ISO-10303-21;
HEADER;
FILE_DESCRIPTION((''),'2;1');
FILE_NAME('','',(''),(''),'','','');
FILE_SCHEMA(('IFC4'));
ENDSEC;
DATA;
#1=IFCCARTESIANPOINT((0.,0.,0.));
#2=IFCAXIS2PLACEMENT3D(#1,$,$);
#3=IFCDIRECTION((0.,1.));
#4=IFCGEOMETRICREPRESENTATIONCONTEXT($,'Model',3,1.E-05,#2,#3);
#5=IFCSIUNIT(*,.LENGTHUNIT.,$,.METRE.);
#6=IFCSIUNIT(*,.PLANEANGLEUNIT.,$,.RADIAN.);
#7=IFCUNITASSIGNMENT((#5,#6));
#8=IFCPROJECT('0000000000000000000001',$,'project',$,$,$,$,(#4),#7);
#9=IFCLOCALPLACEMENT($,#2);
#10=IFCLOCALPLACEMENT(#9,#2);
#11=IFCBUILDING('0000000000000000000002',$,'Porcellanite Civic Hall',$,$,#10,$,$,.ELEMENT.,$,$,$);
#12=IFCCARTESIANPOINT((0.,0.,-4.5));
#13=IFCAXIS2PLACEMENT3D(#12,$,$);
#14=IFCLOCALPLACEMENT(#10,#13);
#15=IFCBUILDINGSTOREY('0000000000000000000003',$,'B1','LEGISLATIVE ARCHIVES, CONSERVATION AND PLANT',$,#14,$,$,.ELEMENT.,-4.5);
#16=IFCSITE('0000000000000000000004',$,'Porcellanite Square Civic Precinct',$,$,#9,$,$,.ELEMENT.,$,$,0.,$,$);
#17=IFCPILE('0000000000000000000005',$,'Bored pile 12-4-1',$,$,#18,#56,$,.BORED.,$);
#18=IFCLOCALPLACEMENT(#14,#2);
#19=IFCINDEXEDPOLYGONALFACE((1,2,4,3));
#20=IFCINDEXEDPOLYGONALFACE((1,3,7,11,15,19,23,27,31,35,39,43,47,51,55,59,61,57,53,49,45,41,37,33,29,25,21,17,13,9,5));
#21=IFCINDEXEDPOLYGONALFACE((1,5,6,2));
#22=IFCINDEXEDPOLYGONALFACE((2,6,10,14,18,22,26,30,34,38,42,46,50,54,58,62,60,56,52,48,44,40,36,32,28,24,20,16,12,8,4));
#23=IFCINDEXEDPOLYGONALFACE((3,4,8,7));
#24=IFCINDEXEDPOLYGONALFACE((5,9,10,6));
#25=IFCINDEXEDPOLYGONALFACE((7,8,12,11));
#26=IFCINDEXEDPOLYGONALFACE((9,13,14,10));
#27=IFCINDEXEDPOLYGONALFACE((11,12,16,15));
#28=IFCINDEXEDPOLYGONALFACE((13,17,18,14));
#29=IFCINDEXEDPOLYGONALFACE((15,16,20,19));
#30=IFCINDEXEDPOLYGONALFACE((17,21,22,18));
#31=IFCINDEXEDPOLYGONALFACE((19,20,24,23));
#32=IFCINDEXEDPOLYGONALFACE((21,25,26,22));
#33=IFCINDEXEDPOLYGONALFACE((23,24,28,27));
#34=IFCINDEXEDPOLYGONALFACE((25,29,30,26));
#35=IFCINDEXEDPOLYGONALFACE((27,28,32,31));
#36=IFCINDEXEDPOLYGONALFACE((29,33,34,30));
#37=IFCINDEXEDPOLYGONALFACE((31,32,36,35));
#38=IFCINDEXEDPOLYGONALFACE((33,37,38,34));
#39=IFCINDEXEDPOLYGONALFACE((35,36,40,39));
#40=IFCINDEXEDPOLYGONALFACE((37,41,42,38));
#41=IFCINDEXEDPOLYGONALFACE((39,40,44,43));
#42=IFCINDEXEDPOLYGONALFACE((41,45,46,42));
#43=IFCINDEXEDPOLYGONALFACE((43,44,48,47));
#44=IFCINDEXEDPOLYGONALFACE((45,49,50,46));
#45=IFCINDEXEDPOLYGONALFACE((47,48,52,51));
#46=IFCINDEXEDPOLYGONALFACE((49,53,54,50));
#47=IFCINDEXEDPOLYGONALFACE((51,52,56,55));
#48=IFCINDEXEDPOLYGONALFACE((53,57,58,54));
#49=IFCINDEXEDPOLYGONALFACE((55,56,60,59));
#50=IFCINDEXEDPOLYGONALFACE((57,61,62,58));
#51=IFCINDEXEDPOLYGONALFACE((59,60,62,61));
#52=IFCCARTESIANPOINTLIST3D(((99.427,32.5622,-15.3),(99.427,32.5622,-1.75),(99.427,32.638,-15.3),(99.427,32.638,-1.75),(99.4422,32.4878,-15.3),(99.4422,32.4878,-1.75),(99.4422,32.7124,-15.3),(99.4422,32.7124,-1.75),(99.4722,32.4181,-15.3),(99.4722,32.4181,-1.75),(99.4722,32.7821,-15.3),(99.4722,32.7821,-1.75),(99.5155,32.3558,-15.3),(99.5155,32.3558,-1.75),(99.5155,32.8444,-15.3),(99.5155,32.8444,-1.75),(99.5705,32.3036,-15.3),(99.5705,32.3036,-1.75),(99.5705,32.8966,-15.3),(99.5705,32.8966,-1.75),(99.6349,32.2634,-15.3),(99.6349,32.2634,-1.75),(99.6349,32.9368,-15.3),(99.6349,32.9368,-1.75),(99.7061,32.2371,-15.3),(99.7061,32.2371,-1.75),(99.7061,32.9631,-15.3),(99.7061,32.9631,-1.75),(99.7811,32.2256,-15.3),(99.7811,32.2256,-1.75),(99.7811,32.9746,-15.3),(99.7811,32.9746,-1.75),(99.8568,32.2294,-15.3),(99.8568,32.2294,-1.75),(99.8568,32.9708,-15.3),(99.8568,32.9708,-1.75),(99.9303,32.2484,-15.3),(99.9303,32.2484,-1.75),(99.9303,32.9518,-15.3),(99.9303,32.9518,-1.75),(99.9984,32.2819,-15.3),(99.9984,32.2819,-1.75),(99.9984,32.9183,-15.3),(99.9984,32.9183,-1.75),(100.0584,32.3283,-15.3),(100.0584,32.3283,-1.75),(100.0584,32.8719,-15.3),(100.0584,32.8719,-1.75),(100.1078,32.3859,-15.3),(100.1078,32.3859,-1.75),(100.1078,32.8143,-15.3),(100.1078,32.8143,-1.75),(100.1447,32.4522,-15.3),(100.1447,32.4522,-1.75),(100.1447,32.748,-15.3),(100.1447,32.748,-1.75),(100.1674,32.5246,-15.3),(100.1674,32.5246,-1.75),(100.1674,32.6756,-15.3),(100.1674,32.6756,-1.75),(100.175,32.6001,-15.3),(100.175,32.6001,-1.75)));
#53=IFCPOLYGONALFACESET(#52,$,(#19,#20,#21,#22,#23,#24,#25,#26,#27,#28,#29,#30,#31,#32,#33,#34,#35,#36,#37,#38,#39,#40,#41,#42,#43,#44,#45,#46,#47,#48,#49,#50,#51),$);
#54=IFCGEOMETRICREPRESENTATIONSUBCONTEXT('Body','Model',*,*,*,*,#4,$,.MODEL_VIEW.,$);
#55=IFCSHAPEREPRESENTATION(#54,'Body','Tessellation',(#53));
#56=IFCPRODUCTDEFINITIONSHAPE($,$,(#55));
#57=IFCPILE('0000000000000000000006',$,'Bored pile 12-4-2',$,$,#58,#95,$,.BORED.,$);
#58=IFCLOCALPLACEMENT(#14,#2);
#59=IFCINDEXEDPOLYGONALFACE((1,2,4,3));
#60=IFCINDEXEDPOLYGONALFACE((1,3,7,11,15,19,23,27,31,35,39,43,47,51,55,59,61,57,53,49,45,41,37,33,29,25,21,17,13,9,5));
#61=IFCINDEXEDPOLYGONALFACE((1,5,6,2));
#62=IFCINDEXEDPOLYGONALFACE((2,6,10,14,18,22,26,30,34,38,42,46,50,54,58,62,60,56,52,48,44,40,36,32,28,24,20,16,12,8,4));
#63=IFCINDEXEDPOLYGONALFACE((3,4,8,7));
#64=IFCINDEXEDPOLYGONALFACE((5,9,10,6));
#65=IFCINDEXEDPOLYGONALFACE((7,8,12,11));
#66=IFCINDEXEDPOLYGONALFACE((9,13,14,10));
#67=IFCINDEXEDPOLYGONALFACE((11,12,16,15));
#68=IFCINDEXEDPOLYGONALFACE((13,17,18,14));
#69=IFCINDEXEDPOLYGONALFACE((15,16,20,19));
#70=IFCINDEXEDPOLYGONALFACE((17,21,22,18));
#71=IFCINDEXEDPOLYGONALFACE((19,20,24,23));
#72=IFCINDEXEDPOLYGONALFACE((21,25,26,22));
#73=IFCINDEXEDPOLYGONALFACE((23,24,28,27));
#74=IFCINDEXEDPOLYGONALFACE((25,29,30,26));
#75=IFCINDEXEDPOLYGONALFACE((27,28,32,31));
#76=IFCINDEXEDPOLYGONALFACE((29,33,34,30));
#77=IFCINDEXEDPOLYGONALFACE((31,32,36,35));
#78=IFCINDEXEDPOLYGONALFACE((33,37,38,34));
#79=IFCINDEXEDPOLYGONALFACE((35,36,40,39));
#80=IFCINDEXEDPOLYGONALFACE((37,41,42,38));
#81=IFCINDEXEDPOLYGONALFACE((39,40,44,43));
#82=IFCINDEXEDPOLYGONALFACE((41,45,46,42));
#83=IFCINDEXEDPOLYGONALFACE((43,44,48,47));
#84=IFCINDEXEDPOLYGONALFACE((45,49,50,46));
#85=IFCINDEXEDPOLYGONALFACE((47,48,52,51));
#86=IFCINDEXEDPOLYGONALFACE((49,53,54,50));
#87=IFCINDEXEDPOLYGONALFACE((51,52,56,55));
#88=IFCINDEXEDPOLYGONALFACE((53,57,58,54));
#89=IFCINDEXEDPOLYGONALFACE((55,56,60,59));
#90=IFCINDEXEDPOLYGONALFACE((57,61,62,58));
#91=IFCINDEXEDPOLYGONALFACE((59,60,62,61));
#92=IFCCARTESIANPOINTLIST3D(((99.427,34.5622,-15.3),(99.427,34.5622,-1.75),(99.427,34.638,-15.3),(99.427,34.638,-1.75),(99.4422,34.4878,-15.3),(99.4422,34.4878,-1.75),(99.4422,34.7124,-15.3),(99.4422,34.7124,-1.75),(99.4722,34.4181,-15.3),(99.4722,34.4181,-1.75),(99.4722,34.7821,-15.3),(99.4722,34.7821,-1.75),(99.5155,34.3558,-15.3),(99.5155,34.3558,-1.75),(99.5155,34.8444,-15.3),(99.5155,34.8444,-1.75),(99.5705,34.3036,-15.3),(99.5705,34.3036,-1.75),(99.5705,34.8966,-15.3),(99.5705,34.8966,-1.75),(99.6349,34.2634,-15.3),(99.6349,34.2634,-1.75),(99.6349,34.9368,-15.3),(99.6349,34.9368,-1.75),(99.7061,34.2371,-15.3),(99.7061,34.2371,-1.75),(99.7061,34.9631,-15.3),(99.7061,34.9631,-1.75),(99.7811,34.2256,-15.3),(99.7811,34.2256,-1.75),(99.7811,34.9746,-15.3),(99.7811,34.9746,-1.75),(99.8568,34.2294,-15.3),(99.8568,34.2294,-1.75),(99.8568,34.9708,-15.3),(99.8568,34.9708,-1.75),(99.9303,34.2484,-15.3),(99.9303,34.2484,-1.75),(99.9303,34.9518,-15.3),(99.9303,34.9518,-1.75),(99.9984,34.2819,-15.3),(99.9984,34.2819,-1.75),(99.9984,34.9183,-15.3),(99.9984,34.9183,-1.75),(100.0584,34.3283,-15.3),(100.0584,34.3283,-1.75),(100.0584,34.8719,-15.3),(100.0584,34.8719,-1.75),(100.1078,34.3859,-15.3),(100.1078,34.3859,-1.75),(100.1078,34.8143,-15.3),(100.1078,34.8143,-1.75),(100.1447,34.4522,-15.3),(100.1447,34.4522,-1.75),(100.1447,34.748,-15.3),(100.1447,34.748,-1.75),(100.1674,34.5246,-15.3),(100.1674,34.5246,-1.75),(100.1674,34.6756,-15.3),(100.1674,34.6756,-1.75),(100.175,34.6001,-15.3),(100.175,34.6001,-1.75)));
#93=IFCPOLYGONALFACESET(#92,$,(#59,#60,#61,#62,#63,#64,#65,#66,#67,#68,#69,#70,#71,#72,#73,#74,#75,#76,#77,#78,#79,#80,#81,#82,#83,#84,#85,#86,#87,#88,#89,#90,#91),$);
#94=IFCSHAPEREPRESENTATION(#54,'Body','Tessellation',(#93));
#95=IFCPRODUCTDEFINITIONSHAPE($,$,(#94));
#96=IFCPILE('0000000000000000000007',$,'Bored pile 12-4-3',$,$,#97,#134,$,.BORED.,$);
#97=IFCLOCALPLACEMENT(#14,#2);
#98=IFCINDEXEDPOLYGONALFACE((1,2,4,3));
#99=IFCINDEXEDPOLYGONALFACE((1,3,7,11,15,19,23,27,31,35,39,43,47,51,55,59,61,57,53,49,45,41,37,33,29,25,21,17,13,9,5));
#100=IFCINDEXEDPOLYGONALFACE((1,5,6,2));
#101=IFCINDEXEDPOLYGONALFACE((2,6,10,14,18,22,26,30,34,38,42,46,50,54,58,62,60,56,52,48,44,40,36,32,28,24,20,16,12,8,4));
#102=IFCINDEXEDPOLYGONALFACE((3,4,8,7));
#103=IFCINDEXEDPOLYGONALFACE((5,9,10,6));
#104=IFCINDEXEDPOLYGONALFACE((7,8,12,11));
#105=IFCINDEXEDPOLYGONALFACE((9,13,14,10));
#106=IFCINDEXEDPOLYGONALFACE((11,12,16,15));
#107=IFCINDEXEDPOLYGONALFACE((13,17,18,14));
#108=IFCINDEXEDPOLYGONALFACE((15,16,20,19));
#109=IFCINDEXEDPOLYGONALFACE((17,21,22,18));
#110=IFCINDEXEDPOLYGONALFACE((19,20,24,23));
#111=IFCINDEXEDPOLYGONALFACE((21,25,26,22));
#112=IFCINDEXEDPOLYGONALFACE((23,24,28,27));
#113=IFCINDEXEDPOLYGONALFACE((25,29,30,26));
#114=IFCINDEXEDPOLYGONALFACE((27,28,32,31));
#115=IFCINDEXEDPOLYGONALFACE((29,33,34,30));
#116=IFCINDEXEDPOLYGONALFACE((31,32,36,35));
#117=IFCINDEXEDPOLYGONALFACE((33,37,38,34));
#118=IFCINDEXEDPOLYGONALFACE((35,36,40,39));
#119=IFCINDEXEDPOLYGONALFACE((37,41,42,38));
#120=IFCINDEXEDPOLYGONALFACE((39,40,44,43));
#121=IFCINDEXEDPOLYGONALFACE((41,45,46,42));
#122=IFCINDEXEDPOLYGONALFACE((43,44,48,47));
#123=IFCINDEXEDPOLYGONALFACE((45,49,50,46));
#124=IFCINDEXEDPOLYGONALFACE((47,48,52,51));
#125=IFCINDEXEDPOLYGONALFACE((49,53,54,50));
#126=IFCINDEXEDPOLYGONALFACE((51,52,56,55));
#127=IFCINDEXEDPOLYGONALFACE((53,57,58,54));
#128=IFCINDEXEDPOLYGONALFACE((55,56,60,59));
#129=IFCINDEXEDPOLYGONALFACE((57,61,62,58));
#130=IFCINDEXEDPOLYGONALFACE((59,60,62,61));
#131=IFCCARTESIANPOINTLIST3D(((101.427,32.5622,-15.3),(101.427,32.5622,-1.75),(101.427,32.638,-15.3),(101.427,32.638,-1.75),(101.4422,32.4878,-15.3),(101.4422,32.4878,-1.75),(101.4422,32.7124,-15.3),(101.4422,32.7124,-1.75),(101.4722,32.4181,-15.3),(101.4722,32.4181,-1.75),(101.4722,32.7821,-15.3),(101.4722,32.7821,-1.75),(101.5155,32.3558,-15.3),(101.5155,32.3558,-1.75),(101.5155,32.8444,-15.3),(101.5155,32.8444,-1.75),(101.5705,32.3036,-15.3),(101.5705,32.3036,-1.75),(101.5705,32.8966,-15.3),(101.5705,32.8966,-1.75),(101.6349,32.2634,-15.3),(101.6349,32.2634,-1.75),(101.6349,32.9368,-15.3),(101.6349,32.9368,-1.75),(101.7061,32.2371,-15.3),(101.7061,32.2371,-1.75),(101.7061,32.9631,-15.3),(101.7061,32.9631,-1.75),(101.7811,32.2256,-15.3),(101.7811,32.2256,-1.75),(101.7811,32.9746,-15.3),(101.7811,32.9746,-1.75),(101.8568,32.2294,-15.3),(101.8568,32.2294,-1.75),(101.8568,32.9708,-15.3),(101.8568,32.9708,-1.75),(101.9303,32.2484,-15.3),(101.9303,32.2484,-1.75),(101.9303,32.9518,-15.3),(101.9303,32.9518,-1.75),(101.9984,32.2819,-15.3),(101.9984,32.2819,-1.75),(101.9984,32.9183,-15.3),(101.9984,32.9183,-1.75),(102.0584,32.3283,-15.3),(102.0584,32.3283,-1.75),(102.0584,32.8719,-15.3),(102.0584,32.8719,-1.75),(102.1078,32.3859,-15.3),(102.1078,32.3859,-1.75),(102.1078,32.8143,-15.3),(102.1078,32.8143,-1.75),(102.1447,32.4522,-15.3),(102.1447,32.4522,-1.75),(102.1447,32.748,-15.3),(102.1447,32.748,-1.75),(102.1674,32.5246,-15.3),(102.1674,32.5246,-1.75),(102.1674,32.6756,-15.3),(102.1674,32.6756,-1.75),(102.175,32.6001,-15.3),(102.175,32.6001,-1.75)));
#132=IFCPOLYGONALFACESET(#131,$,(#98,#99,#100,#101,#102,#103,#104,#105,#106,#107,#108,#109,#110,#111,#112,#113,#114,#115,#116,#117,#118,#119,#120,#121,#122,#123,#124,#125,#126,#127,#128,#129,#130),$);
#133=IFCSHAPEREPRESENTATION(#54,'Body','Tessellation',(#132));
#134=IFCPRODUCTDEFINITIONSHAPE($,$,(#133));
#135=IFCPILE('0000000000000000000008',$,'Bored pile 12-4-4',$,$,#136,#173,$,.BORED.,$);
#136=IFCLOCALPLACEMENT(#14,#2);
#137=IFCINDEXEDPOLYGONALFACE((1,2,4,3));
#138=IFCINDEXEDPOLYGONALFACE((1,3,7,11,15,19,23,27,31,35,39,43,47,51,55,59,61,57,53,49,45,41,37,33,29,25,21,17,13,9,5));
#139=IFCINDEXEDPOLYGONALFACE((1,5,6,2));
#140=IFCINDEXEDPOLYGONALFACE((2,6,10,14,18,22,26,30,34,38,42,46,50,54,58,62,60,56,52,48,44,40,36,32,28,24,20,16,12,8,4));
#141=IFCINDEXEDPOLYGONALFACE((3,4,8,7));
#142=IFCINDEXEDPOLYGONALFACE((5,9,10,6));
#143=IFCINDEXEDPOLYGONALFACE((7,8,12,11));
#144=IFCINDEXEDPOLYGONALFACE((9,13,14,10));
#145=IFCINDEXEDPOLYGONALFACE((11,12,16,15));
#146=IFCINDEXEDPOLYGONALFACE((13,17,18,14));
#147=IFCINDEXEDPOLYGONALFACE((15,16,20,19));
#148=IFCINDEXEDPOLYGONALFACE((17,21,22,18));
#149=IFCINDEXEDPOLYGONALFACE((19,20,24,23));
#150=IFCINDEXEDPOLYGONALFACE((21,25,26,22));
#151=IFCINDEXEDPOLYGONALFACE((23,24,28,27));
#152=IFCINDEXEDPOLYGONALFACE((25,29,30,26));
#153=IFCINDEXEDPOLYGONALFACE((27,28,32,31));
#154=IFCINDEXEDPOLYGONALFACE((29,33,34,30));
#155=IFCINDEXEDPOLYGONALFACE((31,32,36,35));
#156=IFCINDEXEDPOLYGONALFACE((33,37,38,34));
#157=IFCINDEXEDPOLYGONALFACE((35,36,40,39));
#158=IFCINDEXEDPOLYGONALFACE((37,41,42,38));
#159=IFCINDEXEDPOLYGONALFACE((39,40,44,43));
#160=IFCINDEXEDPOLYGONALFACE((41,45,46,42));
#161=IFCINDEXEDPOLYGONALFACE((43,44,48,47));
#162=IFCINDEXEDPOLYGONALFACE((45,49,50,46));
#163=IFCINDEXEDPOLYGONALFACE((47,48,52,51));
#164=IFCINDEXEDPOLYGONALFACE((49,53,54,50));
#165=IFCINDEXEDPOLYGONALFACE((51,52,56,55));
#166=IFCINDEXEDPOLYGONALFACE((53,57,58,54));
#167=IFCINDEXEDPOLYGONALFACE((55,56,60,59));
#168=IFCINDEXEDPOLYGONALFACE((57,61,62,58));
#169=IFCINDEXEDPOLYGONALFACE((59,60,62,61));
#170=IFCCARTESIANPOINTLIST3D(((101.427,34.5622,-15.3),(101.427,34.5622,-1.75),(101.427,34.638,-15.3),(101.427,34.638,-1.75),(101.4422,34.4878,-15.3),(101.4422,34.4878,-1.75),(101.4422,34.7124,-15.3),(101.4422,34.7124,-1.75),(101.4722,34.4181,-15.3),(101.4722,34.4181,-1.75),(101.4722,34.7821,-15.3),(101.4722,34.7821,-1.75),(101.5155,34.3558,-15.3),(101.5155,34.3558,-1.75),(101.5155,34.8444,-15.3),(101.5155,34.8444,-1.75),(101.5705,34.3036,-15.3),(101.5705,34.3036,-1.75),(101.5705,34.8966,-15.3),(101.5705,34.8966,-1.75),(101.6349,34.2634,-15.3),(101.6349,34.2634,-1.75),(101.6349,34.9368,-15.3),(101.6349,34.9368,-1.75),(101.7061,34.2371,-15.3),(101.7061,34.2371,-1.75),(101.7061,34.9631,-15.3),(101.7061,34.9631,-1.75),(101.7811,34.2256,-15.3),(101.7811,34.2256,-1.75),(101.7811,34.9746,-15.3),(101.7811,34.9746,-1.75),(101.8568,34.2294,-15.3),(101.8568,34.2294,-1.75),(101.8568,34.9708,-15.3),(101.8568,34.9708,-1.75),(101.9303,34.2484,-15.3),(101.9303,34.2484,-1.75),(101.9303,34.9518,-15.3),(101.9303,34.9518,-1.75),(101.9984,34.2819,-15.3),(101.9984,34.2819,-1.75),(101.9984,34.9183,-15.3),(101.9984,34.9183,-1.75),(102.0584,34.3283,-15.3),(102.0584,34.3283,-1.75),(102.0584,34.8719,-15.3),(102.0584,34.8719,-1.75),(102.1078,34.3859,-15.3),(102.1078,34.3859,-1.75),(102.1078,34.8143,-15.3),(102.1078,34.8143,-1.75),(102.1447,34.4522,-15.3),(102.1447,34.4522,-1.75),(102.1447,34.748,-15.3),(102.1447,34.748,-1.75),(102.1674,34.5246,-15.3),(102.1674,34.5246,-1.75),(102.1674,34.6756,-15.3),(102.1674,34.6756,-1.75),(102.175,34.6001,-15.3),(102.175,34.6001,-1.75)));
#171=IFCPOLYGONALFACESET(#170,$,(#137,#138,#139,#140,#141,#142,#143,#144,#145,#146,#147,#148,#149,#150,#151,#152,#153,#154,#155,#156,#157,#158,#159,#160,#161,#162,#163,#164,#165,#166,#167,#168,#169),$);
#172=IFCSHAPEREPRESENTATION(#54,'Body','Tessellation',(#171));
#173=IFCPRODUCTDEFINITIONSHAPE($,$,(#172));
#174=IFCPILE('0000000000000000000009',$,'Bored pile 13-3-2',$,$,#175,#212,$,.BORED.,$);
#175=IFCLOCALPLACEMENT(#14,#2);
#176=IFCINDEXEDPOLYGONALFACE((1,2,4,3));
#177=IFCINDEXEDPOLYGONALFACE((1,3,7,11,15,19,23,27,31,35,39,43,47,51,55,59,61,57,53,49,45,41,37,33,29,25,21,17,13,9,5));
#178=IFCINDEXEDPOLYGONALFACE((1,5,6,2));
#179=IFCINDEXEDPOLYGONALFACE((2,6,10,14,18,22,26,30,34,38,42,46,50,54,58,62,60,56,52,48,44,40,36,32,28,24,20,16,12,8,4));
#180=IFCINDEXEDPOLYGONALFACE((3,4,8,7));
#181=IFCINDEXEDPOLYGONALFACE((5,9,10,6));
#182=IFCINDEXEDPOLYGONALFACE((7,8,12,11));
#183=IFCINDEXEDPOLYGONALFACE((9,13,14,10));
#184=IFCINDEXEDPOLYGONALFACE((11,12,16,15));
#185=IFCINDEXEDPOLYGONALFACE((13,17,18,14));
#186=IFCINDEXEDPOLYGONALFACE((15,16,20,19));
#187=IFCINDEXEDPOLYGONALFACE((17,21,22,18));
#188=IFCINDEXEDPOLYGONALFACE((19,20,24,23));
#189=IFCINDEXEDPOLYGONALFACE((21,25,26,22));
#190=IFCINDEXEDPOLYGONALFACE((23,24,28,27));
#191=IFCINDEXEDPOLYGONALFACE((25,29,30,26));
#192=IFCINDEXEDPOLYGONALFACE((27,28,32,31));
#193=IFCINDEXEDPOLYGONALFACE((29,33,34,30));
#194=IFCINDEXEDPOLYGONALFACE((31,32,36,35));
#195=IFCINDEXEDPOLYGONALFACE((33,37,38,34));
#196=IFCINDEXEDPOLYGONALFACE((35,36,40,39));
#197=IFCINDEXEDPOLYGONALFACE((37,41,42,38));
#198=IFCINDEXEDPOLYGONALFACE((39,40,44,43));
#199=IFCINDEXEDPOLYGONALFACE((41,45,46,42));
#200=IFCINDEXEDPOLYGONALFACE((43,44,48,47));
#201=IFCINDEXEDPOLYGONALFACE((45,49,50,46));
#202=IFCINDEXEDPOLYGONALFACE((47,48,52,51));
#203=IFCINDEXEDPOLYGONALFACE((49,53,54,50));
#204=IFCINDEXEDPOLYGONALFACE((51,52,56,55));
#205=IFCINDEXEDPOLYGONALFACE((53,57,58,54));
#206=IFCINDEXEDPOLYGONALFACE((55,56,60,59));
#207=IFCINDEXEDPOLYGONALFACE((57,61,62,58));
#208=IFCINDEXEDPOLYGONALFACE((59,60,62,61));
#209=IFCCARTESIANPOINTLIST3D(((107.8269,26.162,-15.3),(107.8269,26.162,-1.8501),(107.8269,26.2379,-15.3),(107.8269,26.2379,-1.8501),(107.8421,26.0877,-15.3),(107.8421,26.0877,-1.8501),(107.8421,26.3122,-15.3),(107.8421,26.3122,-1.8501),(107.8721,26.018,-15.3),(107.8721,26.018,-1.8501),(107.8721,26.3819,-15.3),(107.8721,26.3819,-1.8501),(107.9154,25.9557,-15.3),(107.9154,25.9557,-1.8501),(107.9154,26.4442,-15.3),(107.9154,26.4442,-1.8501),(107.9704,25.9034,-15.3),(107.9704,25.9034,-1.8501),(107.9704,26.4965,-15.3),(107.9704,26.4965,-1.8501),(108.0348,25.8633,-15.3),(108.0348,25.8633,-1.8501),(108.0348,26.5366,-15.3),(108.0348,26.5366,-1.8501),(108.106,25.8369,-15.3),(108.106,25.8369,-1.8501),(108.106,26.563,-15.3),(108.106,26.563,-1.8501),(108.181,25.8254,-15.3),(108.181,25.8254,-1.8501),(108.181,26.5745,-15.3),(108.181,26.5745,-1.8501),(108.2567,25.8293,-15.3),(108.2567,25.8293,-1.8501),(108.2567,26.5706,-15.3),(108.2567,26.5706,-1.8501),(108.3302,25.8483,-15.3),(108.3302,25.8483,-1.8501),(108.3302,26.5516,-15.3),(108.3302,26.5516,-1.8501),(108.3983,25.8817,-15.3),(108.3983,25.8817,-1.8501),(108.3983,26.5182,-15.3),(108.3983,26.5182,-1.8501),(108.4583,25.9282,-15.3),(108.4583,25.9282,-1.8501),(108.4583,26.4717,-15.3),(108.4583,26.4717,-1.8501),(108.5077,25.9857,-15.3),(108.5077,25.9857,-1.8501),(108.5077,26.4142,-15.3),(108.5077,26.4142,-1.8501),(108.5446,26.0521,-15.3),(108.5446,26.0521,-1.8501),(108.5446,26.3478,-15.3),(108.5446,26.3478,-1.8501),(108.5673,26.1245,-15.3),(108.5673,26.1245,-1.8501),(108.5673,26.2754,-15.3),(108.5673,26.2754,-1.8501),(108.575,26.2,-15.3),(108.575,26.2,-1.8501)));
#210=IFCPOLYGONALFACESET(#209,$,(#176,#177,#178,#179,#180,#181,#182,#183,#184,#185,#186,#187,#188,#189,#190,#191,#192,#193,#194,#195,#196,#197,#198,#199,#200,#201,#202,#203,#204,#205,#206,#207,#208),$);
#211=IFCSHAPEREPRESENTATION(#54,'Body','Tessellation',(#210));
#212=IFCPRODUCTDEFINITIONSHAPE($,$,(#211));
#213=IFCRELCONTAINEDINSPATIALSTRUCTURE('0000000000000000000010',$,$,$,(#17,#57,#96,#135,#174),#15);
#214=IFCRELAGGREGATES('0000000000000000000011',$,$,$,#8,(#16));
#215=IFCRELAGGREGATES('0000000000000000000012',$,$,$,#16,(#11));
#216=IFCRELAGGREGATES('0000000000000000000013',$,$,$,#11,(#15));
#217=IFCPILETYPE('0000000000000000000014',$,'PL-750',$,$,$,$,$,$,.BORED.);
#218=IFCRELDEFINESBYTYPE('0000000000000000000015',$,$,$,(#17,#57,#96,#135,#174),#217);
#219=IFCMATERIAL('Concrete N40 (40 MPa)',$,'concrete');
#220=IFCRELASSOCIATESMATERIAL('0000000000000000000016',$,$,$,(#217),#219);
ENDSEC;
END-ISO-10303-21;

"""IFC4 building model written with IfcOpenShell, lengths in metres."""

from ifc_helpers import new_model, si_unit, direction, frame, origin, origin_2d, place, context, subcontext, project, spatial, circle, extrude, material, material_profile, profile_set, type_object, element, save


model = new_model("IFC4")

# Units and contexts
model_context = context("Model", 3, precision=1e-05, world=origin(), true_north=direction((0.0, 1.0)))
body_context = subcontext(model_context, "Body", "Model", "MODEL_VIEW")
ifc_project = project(units=[si_unit("LENGTHUNIT", "METRE"), si_unit("PLANEANGLEUNIT", "RADIAN")], contexts=[model_context])

# Site, building, storey
site_placement = place(None, origin())
site = spatial("IfcSite", under=ifc_project, at=site_placement, Name="Porcellanite Square Civic Precinct", CompositionType="ELEMENT", RefElevation=0.0)
building_placement = place(site_placement, origin())
building = spatial("IfcBuilding", under=site, at=building_placement, Name="Porcellanite Civic Hall", CompositionType="ELEMENT")
storey_placement = place(building_placement, frame((0.0, 0.0, -4.5)))
storey = spatial("IfcBuildingStorey", under=building, at=storey_placement, Name="B1", Description="LEGISLATIVE ARCHIVES, CONSERVATION AND PLANT", CompositionType="ELEMENT", Elevation=-4.5)

# Piles
ifc_material_1 = material(Name="Concrete N40 (40 MPa)", Category="concrete")
ifc_material_profile_1 = material_profile(ifc_material_1, circle(Radius=0.375, at=origin_2d()), Name="PILE-D750")
ifc_profile_set_1 = profile_set([ifc_material_profile_1], Name="Concrete N40 (40 MPa)")
pile_type_1 = type_object("IfcPileType", Name="PL-750", PredefinedType="BORED", material=ifc_profile_set_1)
for number, where, z_axis, x_axis, name in (
    (1, (99.8, 32.6001, -1.75), (0.0, 0.0, -1.0), (1.0, 0.0, 0.0), "Bored pile 12-4-1"),
    (2, (99.8, 34.6001, -1.75), (0.0, 0.0, -1.0), (1.0, 0.0, 0.0), "Bored pile 12-4-2"),
    (3, (101.8, 32.6001, -1.75), (0.0, 0.0, -1.0), (1.0, 0.0, 0.0), "Bored pile 12-4-3"),
    (4, (101.8, 34.6001, -1.75), (0.0, 0.0, -1.0), (1.0, 0.0, 0.0), "Bored pile 12-4-4"),
):
    element("IfcPile", number, at=place(storey_placement, frame(where, z_axis=z_axis, x_axis=x_axis)), inside=storey, type_object=pile_type_1, Name=name, PredefinedType="BORED", context=body_context, shape_type="SweptSolid", body=[
        extrude(circle(Radius=0.375, at=origin_2d()), origin(), (0.0, 0.0, 1.0), 13.55),
    ])
for number, where, z_axis, x_axis, name in (
    (5, (108.2, 26.2, -1.8501), (0.0, 0.0, -1.0), (1.0, 0.0, 0.0), "Bored pile 13-3-2"),
):
    element("IfcPile", number, at=place(storey_placement, frame(where, z_axis=z_axis, x_axis=x_axis)), inside=storey, type_object=pile_type_1, Name=name, PredefinedType="BORED", context=body_context, shape_type="SweptSolid", body=[
        extrude(circle(Radius=0.375, at=origin_2d()), origin(), (0.0, 0.0, 1.0), 13.45),
    ])

save(model, "model.ifc")
